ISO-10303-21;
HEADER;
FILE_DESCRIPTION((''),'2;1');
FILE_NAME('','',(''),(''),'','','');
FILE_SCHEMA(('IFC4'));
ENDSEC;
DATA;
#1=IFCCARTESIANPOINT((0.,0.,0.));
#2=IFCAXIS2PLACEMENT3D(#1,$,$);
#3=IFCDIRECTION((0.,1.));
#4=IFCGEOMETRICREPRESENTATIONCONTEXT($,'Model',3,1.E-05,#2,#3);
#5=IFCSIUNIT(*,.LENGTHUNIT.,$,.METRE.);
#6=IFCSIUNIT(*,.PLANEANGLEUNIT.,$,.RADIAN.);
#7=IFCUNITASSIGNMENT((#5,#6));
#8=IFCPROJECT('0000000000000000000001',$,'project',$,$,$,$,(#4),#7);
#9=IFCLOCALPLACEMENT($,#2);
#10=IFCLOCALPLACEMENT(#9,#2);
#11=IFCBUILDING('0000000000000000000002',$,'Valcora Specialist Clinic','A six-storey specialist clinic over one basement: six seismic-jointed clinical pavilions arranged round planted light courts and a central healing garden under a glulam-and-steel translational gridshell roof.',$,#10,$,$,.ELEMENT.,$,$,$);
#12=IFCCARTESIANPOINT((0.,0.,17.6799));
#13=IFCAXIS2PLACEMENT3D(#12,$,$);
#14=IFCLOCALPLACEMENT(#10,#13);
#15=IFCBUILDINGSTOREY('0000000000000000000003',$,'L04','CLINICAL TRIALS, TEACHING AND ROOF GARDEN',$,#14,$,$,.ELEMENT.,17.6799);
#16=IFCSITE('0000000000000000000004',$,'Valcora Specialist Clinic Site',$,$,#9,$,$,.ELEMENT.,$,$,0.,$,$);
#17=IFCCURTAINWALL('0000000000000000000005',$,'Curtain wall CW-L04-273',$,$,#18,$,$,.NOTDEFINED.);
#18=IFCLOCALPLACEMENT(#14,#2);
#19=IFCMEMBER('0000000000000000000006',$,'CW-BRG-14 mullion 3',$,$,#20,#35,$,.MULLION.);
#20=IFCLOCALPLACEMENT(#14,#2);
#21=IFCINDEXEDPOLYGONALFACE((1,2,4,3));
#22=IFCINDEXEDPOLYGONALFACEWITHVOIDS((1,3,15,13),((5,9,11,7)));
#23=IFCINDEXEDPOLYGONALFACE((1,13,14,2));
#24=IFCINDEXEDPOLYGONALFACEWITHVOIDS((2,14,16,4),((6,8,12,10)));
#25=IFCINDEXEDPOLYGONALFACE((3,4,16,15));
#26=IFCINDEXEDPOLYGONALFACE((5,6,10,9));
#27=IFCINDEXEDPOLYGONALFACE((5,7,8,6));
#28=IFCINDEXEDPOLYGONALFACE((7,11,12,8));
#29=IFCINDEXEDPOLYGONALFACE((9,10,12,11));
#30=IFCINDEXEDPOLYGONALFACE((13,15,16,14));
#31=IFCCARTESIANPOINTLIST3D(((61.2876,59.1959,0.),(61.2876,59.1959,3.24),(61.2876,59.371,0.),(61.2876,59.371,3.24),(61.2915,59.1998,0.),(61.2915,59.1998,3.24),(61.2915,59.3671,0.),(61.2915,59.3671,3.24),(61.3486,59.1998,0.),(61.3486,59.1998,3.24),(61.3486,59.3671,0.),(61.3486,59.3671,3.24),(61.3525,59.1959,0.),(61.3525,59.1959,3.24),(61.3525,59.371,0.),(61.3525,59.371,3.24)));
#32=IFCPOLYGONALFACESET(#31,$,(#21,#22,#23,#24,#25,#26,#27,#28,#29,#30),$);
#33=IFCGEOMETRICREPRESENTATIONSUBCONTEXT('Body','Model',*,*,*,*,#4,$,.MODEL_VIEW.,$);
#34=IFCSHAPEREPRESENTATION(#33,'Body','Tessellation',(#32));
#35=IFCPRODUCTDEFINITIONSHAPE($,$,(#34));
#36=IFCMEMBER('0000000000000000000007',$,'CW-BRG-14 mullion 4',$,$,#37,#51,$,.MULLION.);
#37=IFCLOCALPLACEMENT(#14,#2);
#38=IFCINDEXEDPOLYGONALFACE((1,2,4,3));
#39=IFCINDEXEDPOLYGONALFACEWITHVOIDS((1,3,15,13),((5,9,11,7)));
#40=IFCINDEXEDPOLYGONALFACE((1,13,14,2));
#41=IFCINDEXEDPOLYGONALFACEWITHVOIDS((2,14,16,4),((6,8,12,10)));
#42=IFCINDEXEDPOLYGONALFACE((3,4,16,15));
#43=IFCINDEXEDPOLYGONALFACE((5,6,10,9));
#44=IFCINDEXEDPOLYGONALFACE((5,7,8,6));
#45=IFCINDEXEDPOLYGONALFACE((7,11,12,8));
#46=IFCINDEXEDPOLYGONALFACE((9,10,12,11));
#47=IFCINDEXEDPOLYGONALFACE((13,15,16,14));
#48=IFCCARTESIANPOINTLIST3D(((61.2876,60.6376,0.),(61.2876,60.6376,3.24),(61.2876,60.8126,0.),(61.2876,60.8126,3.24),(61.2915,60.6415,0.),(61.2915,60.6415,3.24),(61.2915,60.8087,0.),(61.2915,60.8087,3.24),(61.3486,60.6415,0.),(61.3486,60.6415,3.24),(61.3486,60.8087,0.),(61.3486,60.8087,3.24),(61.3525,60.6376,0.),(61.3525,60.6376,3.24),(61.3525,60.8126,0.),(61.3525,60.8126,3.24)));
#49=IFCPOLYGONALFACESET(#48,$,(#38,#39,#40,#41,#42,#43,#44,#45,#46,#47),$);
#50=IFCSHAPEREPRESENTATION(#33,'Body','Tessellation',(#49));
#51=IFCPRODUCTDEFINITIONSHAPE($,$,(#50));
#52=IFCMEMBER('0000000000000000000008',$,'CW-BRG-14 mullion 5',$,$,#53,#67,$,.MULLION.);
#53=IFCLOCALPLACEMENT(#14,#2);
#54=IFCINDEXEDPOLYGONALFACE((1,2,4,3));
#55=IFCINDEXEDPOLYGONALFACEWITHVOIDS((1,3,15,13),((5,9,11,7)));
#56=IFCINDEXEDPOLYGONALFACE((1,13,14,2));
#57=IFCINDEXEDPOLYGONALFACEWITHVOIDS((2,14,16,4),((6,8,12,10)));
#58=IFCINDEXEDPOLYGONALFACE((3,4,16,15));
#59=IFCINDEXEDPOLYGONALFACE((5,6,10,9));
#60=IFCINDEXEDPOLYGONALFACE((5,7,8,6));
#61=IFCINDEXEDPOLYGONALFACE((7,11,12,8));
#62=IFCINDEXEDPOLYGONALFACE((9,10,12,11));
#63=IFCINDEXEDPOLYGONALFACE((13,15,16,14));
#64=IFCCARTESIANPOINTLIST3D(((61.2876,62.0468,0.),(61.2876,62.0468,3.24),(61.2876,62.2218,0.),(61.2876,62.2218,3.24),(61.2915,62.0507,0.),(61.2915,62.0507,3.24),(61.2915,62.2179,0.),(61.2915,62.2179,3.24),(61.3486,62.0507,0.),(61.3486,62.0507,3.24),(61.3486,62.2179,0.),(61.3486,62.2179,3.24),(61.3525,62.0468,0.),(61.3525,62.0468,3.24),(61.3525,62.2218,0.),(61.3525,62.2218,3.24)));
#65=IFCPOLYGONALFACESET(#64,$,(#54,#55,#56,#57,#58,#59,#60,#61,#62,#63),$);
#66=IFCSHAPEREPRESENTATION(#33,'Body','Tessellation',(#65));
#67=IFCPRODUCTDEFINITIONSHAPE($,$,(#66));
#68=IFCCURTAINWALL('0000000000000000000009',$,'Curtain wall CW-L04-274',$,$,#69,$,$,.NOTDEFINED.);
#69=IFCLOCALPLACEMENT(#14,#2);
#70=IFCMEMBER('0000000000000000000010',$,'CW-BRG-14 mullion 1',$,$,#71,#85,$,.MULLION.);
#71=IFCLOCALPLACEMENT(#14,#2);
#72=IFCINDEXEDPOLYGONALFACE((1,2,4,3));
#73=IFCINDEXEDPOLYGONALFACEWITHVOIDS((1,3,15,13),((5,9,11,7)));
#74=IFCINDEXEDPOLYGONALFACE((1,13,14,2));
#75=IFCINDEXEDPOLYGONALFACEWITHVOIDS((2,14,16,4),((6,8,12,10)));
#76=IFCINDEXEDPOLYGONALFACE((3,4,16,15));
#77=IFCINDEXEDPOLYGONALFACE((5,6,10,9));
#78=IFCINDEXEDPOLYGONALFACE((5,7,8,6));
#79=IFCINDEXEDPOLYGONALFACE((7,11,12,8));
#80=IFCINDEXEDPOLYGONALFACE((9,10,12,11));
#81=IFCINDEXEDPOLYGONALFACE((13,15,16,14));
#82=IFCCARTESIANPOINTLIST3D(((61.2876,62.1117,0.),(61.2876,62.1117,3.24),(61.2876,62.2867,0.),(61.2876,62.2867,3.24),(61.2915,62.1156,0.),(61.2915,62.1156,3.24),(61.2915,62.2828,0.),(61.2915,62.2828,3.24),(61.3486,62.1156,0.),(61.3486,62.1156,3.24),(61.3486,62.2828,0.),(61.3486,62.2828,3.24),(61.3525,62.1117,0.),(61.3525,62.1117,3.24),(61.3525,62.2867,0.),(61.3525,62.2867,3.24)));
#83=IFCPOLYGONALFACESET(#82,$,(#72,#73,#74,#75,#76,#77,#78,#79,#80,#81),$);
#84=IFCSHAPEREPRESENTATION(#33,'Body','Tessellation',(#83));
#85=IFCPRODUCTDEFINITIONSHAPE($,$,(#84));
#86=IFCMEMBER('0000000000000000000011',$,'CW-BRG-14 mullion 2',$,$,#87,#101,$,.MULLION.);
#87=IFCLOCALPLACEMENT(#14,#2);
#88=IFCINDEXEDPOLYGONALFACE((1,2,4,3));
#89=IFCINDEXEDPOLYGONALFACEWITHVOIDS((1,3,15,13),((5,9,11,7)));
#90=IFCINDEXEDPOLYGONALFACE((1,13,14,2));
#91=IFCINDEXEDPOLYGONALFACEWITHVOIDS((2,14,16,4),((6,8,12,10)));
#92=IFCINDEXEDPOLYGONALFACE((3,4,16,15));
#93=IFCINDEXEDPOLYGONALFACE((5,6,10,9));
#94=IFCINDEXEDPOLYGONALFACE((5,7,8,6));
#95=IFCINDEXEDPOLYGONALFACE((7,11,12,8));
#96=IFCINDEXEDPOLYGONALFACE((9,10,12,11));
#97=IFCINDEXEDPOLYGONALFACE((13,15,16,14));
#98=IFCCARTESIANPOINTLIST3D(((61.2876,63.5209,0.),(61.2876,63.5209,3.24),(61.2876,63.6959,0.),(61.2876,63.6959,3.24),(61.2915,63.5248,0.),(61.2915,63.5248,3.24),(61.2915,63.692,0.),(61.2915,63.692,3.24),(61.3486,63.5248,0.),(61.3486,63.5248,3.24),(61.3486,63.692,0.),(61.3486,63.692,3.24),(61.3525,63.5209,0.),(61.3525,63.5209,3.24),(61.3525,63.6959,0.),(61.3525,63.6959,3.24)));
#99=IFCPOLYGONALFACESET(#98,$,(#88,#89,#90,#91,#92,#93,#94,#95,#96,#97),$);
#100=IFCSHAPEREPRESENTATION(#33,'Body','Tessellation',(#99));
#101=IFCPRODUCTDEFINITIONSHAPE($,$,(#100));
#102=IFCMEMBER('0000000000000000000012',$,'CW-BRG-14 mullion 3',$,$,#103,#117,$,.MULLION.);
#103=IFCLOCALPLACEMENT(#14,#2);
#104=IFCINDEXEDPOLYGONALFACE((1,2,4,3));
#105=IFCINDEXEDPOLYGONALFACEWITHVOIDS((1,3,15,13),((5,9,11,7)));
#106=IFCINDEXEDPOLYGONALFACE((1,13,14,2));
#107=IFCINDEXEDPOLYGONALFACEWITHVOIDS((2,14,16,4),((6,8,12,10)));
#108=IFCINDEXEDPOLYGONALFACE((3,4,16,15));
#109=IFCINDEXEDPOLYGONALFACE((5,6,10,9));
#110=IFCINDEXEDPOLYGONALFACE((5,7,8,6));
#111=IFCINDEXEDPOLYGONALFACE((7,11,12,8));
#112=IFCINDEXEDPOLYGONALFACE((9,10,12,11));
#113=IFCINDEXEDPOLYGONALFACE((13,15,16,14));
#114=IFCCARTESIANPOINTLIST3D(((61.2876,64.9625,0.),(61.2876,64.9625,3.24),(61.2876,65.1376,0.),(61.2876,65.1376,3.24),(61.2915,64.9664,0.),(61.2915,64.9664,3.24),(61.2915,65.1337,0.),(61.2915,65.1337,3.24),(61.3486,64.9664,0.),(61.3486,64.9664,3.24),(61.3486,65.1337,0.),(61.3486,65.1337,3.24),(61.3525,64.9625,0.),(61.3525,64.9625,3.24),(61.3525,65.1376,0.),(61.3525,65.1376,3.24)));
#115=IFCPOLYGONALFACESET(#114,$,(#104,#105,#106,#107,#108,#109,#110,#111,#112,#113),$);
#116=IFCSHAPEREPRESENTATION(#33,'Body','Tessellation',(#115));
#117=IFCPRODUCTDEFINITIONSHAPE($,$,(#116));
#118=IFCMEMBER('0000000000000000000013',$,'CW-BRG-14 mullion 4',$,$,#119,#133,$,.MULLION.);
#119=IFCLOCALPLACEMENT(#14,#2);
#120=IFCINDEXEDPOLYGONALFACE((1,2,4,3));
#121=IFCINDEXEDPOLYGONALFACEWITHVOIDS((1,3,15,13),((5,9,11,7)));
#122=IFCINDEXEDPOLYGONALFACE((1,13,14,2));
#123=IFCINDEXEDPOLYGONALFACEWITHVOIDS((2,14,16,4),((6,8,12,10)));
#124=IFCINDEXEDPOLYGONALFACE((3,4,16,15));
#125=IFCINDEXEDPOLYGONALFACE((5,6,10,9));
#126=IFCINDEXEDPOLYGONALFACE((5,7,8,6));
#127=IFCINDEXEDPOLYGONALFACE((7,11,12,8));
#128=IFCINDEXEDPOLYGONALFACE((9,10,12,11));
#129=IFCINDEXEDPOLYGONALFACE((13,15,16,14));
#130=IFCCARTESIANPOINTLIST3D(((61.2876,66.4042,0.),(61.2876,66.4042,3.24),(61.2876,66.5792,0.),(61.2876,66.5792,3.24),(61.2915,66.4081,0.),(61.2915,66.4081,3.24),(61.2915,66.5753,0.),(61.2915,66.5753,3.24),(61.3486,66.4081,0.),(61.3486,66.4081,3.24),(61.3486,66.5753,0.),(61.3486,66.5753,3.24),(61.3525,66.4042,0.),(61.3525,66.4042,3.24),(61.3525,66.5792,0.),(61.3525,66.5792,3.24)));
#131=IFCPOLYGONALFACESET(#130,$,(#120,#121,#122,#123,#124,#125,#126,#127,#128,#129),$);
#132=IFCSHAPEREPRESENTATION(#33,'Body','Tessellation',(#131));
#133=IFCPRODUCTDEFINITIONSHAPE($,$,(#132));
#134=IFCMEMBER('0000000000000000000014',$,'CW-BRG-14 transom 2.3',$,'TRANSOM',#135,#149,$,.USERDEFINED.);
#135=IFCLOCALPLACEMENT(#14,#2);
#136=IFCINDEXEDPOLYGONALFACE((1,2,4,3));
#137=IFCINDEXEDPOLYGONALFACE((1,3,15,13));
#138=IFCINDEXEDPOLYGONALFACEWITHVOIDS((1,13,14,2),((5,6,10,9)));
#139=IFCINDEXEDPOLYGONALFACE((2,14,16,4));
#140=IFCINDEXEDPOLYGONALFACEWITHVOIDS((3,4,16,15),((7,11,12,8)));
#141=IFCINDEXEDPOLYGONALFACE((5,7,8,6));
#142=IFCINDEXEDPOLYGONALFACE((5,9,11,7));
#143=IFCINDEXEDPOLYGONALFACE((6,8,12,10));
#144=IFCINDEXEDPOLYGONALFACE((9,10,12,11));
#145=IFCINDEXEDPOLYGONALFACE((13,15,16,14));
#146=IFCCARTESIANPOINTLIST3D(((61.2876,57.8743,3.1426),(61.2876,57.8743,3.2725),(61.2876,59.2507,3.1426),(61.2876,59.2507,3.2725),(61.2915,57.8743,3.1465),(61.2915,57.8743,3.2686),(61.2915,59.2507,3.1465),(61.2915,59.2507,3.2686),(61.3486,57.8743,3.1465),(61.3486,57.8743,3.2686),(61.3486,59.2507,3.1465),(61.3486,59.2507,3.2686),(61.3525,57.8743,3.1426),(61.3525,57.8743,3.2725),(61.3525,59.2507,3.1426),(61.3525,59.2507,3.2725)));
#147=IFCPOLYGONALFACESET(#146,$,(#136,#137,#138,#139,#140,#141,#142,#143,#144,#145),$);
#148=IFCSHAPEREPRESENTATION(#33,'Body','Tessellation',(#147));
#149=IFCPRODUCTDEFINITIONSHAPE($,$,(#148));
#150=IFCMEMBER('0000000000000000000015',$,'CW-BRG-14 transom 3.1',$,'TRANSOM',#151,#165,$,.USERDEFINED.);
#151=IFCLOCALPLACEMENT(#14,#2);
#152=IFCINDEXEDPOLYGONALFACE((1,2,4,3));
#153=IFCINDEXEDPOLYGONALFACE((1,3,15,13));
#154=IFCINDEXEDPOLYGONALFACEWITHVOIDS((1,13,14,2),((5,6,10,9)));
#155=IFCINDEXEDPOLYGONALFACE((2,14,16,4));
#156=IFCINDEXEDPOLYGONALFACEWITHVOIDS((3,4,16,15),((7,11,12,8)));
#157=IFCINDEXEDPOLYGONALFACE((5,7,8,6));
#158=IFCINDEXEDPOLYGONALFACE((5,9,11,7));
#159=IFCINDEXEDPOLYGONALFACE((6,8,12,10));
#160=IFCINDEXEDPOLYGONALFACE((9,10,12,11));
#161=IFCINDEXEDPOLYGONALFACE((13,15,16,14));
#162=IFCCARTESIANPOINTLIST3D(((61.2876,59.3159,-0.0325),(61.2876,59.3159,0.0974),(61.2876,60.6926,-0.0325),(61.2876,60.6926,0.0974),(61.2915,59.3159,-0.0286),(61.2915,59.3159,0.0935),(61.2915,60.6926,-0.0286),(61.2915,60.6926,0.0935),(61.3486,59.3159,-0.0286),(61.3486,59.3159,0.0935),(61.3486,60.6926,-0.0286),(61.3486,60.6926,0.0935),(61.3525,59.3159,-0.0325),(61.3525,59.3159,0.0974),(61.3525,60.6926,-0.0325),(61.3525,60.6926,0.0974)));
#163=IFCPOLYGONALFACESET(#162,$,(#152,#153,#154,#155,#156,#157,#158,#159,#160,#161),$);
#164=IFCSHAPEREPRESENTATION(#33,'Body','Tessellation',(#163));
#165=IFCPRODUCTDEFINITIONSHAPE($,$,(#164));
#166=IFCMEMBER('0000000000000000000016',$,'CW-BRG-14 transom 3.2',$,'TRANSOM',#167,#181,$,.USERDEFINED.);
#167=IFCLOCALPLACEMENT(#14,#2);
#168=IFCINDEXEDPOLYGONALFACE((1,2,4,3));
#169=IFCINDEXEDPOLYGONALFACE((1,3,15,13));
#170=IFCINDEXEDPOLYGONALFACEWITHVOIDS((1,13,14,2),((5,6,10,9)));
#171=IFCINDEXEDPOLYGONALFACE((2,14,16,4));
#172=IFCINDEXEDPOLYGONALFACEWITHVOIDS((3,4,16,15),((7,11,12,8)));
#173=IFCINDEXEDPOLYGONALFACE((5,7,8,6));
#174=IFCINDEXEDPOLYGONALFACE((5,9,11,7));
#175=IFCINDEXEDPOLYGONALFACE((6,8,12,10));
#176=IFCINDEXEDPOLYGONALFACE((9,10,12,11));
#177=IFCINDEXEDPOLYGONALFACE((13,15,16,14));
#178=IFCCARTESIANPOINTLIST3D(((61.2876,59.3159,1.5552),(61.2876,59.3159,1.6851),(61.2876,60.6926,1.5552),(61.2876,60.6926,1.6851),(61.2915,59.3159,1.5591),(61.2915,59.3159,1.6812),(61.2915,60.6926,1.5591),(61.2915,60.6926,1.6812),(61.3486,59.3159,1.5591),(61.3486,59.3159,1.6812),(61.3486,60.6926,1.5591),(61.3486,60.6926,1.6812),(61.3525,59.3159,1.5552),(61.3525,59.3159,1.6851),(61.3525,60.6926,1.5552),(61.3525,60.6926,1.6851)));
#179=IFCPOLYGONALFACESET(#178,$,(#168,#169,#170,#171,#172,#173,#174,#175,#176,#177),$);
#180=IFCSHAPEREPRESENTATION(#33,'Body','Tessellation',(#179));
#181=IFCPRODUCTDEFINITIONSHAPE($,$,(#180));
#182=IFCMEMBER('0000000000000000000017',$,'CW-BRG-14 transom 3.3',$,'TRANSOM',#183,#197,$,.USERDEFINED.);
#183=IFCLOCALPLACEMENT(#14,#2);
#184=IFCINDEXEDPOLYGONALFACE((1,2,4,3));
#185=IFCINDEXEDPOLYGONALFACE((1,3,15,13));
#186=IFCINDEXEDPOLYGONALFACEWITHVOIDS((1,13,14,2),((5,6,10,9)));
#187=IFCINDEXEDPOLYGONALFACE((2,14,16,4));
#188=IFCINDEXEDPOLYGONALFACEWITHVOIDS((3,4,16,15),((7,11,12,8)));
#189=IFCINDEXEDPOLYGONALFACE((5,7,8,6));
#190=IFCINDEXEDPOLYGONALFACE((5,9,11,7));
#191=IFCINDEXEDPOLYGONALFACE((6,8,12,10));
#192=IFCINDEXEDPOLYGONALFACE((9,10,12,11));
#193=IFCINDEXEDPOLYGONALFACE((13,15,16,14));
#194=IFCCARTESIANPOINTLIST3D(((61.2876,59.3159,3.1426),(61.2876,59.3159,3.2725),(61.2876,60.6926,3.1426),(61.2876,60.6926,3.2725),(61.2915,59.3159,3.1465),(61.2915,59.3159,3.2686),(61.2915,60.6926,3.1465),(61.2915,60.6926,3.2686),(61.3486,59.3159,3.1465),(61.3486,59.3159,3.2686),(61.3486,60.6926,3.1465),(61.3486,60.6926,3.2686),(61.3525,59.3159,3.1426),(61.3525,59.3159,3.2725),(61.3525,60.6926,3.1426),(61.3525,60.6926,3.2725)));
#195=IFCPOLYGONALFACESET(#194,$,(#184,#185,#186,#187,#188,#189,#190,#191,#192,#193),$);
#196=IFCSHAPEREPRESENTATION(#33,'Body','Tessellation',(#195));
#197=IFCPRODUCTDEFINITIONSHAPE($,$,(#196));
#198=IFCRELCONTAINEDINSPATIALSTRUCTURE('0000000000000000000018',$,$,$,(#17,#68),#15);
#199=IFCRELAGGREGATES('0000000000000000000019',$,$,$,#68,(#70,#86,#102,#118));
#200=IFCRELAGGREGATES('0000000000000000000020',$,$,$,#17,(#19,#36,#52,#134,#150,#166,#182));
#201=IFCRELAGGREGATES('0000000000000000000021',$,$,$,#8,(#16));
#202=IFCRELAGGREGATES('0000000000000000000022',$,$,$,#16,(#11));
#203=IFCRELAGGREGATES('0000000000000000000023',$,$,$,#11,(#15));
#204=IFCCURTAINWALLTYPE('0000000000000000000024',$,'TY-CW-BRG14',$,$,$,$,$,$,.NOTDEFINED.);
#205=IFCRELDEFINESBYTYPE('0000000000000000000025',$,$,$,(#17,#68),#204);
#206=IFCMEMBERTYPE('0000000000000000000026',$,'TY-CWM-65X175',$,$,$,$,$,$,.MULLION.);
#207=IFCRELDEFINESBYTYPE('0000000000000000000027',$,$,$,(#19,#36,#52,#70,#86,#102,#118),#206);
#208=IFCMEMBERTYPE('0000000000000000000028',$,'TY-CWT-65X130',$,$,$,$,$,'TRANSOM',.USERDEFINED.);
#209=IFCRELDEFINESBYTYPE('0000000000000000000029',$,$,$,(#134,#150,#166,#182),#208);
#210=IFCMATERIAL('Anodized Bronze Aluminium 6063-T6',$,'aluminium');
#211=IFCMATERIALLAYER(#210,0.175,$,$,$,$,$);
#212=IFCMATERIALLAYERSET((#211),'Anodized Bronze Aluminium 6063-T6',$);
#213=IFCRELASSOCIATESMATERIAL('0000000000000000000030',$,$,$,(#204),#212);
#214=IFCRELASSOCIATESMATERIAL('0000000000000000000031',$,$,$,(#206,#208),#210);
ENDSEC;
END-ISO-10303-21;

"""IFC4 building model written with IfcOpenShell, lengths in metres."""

from ifc_helpers import new_model, si_unit, direction, frame, origin, origin_2d, place, context, subcontext, project, spatial, hollow_rectangle, extrude, material, layer, layer_set, material_profile, profile_set, type_object, element, aggregate, save


model = new_model("IFC4")

# Units and contexts
model_context = context("Model", 3, precision=1e-05, world=origin(), true_north=direction((0.0, 1.0)))
body_context = subcontext(model_context, "Body", "Model", "MODEL_VIEW")
ifc_project = project(units=[si_unit("LENGTHUNIT", "METRE"), si_unit("PLANEANGLEUNIT", "RADIAN")], contexts=[model_context])

# Site, building, storey
site_placement = place(None, origin())
site = spatial("IfcSite", under=ifc_project, at=site_placement, Name="Valcora Specialist Clinic Site", CompositionType="ELEMENT", RefElevation=0.0)
building_placement = place(site_placement, origin())
building = spatial("IfcBuilding", under=site, at=building_placement, Name="Valcora Specialist Clinic", Description="A six-storey specialist clinic over one basement: six seismic-jointed clinical pavilions arranged round planted light courts and a central healing garden under a glulam-and-steel translational gridshell roof.", CompositionType="ELEMENT")
storey_placement = place(building_placement, frame((0.0, 0.0, 17.6799)))
storey = spatial("IfcBuildingStorey", under=building, at=storey_placement, Name="L04", Description="CLINICAL TRIALS, TEACHING AND ROOF GARDEN", CompositionType="ELEMENT", Elevation=17.6799)

# Curtain walls, members
ifc_material_1 = material(Name="Anodized Bronze Aluminium 6063-T6", Category="aluminium")
ifc_layer_1 = layer(ifc_material_1, 0.175)
ifc_layer_set_1 = layer_set([ifc_layer_1], Name="Anodized Bronze Aluminium 6063-T6")
curtain_wall_type = type_object("IfcCurtainWallType", Name="TY-CW-BRG14", PredefinedType="NOTDEFINED", material=ifc_layer_set_1)
curtain_wall_1_placement = place(storey_placement, origin())
curtain_wall_1 = element("IfcCurtainWall", 1, at=curtain_wall_1_placement, inside=storey, type_object=curtain_wall_type, Name="Curtain wall CW-L04-273", PredefinedType="NOTDEFINED")
ifc_material_profile_1 = material_profile(ifc_material_1, hollow_rectangle(XDim=0.0649, YDim=0.175, WallThickness=0.0039, at=origin_2d()), Name="AL-MUL-65X175")
ifc_profile_set_1 = profile_set([ifc_material_profile_1], Name="Anodized Bronze Aluminium 6063-T6")
member_type_1 = type_object("IfcMemberType", Name="TY-CWM-65X175", PredefinedType="MULLION", material=ifc_profile_set_1)
member_1_placement = place(storey_placement, frame((61.3201, 59.2834, 0.0), z_axis=(0.0, 0.0, 1.0), x_axis=(-1.0, 0.0, 0.0)))
member_1 = element("IfcMember", 2, at=member_1_placement, type_object=member_type_1, Name="CW-BRG-14 mullion 3", PredefinedType="MULLION", context=body_context, shape_type="SweptSolid", body=[
    extrude(hollow_rectangle(XDim=0.0649, YDim=0.175, WallThickness=0.0039, at=origin_2d()), origin(), (0.0, 0.0, 1.0), 3.24),
])
member_2_placement = place(storey_placement, frame((61.3201, 60.7251, 0.0), z_axis=(0.0, 0.0, 1.0), x_axis=(-1.0, 0.0, 0.0)))
member_2 = element("IfcMember", 3, at=member_2_placement, type_object=member_type_1, Name="CW-BRG-14 mullion 4", PredefinedType="MULLION", context=body_context, shape_type="SweptSolid", body=[
    extrude(hollow_rectangle(XDim=0.0649, YDim=0.175, WallThickness=0.0039, at=origin_2d()), origin(), (0.0, 0.0, 1.0), 3.24),
])
member_3_placement = place(storey_placement, frame((61.3201, 62.1343, 0.0), z_axis=(0.0, 0.0, 1.0), x_axis=(-1.0, 0.0, 0.0)))
member_3 = element("IfcMember", 4, at=member_3_placement, type_object=member_type_1, Name="CW-BRG-14 mullion 5", PredefinedType="MULLION", context=body_context, shape_type="SweptSolid", body=[
    extrude(hollow_rectangle(XDim=0.0649, YDim=0.175, WallThickness=0.0039, at=origin_2d()), origin(), (0.0, 0.0, 1.0), 3.24),
])
curtain_wall_2_placement = place(storey_placement, origin())
curtain_wall_2 = element("IfcCurtainWall", 5, at=curtain_wall_2_placement, inside=storey, type_object=curtain_wall_type, Name="Curtain wall CW-L04-274", PredefinedType="NOTDEFINED")
member_4_placement = place(storey_placement, frame((61.3201, 62.1992, 0.0), z_axis=(0.0, 0.0, 1.0), x_axis=(-1.0, 0.0, 0.0)))
member_4 = element("IfcMember", 6, at=member_4_placement, type_object=member_type_1, Name="CW-BRG-14 mullion 1", PredefinedType="MULLION", context=body_context, shape_type="SweptSolid", body=[
    extrude(hollow_rectangle(XDim=0.0649, YDim=0.175, WallThickness=0.0039, at=origin_2d()), origin(), (0.0, 0.0, 1.0), 3.24),
])
member_5_placement = place(storey_placement, frame((61.3201, 63.6084, 0.0), z_axis=(0.0, 0.0, 1.0), x_axis=(-1.0, 0.0, 0.0)))
member_5 = element("IfcMember", 7, at=member_5_placement, type_object=member_type_1, Name="CW-BRG-14 mullion 2", PredefinedType="MULLION", context=body_context, shape_type="SweptSolid", body=[
    extrude(hollow_rectangle(XDim=0.0649, YDim=0.175, WallThickness=0.0039, at=origin_2d()), origin(), (0.0, 0.0, 1.0), 3.24),
])
member_6_placement = place(storey_placement, frame((61.3201, 65.05, 0.0), z_axis=(0.0, 0.0, 1.0), x_axis=(-1.0, 0.0, 0.0)))
member_6 = element("IfcMember", 8, at=member_6_placement, type_object=member_type_1, Name="CW-BRG-14 mullion 3", PredefinedType="MULLION", context=body_context, shape_type="SweptSolid", body=[
    extrude(hollow_rectangle(XDim=0.0649, YDim=0.175, WallThickness=0.0039, at=origin_2d()), origin(), (0.0, 0.0, 1.0), 3.24),
])
member_7_placement = place(storey_placement, frame((61.3201, 66.4917, 0.0), z_axis=(0.0, 0.0, 1.0), x_axis=(-1.0, 0.0, 0.0)))
member_7 = element("IfcMember", 9, at=member_7_placement, type_object=member_type_1, Name="CW-BRG-14 mullion 4", PredefinedType="MULLION", context=body_context, shape_type="SweptSolid", body=[
    extrude(hollow_rectangle(XDim=0.0649, YDim=0.175, WallThickness=0.0039, at=origin_2d()), origin(), (0.0, 0.0, 1.0), 3.24),
])

# Members
ifc_material_profile_2 = material_profile(ifc_material_1, hollow_rectangle(XDim=0.0649, YDim=0.1299, WallThickness=0.0039, at=origin_2d()), Name="AL-TRN-65X130")
ifc_profile_set_2 = profile_set([ifc_material_profile_2], Name="Anodized Bronze Aluminium 6063-T6")
member_type_2 = type_object("IfcMemberType", Name="TY-CWT-65X130", ElementType="TRANSOM", PredefinedType="USERDEFINED", material=ifc_profile_set_2)
member_8_placement = place(storey_placement, frame((61.3201, 57.8743, 3.2075), z_axis=(0.0, 1.0, 0.0), x_axis=(-1.0, 0.0, 0.0)))
member_8 = element("IfcMember", 10, at=member_8_placement, type_object=member_type_2, Name="CW-BRG-14 transom 2.3", ObjectType="TRANSOM", PredefinedType="USERDEFINED", context=body_context, shape_type="SweptSolid", body=[
    extrude(hollow_rectangle(XDim=0.0649, YDim=0.1299, WallThickness=0.0039, at=origin_2d()), origin(), (0.0, 0.0, 1.0), 1.3765),
])
member_9_placement = place(storey_placement, frame((61.3201, 59.3159, 0.0325), z_axis=(0.0, 1.0, 0.0), x_axis=(-1.0, 0.0, 0.0)))
member_9 = element("IfcMember", 11, at=member_9_placement, type_object=member_type_2, Name="CW-BRG-14 transom 3.1", ObjectType="TRANSOM", PredefinedType="USERDEFINED", context=body_context, shape_type="SweptSolid", body=[
    extrude(hollow_rectangle(XDim=0.0649, YDim=0.1299, WallThickness=0.0039, at=origin_2d()), origin(), (0.0, 0.0, 1.0), 1.3767),
])
member_10_placement = place(storey_placement, frame((61.3201, 59.3159, 1.6201), z_axis=(0.0, 1.0, 0.0), x_axis=(-1.0, 0.0, 0.0)))
member_10 = element("IfcMember", 12, at=member_10_placement, type_object=member_type_2, Name="CW-BRG-14 transom 3.2", ObjectType="TRANSOM", PredefinedType="USERDEFINED", context=body_context, shape_type="SweptSolid", body=[
    extrude(hollow_rectangle(XDim=0.0649, YDim=0.1299, WallThickness=0.0039, at=origin_2d()), origin(), (0.0, 0.0, 1.0), 1.3767),
])
member_11_placement = place(storey_placement, frame((61.3201, 59.3159, 3.2075), z_axis=(0.0, 1.0, 0.0), x_axis=(-1.0, 0.0, 0.0)))
member_11 = element("IfcMember", 13, at=member_11_placement, type_object=member_type_2, Name="CW-BRG-14 transom 3.3", ObjectType="TRANSOM", PredefinedType="USERDEFINED", context=body_context, shape_type="SweptSolid", body=[
    extrude(hollow_rectangle(XDim=0.0649, YDim=0.1299, WallThickness=0.0039, at=origin_2d()), origin(), (0.0, 0.0, 1.0), 1.3767),
])

aggregate(curtain_wall_2, [member_4, member_5, member_6, member_7])
aggregate(curtain_wall_1, [member_1, member_2, member_3, member_8, member_9, member_10, member_11])

save(model, "model.ifc")
